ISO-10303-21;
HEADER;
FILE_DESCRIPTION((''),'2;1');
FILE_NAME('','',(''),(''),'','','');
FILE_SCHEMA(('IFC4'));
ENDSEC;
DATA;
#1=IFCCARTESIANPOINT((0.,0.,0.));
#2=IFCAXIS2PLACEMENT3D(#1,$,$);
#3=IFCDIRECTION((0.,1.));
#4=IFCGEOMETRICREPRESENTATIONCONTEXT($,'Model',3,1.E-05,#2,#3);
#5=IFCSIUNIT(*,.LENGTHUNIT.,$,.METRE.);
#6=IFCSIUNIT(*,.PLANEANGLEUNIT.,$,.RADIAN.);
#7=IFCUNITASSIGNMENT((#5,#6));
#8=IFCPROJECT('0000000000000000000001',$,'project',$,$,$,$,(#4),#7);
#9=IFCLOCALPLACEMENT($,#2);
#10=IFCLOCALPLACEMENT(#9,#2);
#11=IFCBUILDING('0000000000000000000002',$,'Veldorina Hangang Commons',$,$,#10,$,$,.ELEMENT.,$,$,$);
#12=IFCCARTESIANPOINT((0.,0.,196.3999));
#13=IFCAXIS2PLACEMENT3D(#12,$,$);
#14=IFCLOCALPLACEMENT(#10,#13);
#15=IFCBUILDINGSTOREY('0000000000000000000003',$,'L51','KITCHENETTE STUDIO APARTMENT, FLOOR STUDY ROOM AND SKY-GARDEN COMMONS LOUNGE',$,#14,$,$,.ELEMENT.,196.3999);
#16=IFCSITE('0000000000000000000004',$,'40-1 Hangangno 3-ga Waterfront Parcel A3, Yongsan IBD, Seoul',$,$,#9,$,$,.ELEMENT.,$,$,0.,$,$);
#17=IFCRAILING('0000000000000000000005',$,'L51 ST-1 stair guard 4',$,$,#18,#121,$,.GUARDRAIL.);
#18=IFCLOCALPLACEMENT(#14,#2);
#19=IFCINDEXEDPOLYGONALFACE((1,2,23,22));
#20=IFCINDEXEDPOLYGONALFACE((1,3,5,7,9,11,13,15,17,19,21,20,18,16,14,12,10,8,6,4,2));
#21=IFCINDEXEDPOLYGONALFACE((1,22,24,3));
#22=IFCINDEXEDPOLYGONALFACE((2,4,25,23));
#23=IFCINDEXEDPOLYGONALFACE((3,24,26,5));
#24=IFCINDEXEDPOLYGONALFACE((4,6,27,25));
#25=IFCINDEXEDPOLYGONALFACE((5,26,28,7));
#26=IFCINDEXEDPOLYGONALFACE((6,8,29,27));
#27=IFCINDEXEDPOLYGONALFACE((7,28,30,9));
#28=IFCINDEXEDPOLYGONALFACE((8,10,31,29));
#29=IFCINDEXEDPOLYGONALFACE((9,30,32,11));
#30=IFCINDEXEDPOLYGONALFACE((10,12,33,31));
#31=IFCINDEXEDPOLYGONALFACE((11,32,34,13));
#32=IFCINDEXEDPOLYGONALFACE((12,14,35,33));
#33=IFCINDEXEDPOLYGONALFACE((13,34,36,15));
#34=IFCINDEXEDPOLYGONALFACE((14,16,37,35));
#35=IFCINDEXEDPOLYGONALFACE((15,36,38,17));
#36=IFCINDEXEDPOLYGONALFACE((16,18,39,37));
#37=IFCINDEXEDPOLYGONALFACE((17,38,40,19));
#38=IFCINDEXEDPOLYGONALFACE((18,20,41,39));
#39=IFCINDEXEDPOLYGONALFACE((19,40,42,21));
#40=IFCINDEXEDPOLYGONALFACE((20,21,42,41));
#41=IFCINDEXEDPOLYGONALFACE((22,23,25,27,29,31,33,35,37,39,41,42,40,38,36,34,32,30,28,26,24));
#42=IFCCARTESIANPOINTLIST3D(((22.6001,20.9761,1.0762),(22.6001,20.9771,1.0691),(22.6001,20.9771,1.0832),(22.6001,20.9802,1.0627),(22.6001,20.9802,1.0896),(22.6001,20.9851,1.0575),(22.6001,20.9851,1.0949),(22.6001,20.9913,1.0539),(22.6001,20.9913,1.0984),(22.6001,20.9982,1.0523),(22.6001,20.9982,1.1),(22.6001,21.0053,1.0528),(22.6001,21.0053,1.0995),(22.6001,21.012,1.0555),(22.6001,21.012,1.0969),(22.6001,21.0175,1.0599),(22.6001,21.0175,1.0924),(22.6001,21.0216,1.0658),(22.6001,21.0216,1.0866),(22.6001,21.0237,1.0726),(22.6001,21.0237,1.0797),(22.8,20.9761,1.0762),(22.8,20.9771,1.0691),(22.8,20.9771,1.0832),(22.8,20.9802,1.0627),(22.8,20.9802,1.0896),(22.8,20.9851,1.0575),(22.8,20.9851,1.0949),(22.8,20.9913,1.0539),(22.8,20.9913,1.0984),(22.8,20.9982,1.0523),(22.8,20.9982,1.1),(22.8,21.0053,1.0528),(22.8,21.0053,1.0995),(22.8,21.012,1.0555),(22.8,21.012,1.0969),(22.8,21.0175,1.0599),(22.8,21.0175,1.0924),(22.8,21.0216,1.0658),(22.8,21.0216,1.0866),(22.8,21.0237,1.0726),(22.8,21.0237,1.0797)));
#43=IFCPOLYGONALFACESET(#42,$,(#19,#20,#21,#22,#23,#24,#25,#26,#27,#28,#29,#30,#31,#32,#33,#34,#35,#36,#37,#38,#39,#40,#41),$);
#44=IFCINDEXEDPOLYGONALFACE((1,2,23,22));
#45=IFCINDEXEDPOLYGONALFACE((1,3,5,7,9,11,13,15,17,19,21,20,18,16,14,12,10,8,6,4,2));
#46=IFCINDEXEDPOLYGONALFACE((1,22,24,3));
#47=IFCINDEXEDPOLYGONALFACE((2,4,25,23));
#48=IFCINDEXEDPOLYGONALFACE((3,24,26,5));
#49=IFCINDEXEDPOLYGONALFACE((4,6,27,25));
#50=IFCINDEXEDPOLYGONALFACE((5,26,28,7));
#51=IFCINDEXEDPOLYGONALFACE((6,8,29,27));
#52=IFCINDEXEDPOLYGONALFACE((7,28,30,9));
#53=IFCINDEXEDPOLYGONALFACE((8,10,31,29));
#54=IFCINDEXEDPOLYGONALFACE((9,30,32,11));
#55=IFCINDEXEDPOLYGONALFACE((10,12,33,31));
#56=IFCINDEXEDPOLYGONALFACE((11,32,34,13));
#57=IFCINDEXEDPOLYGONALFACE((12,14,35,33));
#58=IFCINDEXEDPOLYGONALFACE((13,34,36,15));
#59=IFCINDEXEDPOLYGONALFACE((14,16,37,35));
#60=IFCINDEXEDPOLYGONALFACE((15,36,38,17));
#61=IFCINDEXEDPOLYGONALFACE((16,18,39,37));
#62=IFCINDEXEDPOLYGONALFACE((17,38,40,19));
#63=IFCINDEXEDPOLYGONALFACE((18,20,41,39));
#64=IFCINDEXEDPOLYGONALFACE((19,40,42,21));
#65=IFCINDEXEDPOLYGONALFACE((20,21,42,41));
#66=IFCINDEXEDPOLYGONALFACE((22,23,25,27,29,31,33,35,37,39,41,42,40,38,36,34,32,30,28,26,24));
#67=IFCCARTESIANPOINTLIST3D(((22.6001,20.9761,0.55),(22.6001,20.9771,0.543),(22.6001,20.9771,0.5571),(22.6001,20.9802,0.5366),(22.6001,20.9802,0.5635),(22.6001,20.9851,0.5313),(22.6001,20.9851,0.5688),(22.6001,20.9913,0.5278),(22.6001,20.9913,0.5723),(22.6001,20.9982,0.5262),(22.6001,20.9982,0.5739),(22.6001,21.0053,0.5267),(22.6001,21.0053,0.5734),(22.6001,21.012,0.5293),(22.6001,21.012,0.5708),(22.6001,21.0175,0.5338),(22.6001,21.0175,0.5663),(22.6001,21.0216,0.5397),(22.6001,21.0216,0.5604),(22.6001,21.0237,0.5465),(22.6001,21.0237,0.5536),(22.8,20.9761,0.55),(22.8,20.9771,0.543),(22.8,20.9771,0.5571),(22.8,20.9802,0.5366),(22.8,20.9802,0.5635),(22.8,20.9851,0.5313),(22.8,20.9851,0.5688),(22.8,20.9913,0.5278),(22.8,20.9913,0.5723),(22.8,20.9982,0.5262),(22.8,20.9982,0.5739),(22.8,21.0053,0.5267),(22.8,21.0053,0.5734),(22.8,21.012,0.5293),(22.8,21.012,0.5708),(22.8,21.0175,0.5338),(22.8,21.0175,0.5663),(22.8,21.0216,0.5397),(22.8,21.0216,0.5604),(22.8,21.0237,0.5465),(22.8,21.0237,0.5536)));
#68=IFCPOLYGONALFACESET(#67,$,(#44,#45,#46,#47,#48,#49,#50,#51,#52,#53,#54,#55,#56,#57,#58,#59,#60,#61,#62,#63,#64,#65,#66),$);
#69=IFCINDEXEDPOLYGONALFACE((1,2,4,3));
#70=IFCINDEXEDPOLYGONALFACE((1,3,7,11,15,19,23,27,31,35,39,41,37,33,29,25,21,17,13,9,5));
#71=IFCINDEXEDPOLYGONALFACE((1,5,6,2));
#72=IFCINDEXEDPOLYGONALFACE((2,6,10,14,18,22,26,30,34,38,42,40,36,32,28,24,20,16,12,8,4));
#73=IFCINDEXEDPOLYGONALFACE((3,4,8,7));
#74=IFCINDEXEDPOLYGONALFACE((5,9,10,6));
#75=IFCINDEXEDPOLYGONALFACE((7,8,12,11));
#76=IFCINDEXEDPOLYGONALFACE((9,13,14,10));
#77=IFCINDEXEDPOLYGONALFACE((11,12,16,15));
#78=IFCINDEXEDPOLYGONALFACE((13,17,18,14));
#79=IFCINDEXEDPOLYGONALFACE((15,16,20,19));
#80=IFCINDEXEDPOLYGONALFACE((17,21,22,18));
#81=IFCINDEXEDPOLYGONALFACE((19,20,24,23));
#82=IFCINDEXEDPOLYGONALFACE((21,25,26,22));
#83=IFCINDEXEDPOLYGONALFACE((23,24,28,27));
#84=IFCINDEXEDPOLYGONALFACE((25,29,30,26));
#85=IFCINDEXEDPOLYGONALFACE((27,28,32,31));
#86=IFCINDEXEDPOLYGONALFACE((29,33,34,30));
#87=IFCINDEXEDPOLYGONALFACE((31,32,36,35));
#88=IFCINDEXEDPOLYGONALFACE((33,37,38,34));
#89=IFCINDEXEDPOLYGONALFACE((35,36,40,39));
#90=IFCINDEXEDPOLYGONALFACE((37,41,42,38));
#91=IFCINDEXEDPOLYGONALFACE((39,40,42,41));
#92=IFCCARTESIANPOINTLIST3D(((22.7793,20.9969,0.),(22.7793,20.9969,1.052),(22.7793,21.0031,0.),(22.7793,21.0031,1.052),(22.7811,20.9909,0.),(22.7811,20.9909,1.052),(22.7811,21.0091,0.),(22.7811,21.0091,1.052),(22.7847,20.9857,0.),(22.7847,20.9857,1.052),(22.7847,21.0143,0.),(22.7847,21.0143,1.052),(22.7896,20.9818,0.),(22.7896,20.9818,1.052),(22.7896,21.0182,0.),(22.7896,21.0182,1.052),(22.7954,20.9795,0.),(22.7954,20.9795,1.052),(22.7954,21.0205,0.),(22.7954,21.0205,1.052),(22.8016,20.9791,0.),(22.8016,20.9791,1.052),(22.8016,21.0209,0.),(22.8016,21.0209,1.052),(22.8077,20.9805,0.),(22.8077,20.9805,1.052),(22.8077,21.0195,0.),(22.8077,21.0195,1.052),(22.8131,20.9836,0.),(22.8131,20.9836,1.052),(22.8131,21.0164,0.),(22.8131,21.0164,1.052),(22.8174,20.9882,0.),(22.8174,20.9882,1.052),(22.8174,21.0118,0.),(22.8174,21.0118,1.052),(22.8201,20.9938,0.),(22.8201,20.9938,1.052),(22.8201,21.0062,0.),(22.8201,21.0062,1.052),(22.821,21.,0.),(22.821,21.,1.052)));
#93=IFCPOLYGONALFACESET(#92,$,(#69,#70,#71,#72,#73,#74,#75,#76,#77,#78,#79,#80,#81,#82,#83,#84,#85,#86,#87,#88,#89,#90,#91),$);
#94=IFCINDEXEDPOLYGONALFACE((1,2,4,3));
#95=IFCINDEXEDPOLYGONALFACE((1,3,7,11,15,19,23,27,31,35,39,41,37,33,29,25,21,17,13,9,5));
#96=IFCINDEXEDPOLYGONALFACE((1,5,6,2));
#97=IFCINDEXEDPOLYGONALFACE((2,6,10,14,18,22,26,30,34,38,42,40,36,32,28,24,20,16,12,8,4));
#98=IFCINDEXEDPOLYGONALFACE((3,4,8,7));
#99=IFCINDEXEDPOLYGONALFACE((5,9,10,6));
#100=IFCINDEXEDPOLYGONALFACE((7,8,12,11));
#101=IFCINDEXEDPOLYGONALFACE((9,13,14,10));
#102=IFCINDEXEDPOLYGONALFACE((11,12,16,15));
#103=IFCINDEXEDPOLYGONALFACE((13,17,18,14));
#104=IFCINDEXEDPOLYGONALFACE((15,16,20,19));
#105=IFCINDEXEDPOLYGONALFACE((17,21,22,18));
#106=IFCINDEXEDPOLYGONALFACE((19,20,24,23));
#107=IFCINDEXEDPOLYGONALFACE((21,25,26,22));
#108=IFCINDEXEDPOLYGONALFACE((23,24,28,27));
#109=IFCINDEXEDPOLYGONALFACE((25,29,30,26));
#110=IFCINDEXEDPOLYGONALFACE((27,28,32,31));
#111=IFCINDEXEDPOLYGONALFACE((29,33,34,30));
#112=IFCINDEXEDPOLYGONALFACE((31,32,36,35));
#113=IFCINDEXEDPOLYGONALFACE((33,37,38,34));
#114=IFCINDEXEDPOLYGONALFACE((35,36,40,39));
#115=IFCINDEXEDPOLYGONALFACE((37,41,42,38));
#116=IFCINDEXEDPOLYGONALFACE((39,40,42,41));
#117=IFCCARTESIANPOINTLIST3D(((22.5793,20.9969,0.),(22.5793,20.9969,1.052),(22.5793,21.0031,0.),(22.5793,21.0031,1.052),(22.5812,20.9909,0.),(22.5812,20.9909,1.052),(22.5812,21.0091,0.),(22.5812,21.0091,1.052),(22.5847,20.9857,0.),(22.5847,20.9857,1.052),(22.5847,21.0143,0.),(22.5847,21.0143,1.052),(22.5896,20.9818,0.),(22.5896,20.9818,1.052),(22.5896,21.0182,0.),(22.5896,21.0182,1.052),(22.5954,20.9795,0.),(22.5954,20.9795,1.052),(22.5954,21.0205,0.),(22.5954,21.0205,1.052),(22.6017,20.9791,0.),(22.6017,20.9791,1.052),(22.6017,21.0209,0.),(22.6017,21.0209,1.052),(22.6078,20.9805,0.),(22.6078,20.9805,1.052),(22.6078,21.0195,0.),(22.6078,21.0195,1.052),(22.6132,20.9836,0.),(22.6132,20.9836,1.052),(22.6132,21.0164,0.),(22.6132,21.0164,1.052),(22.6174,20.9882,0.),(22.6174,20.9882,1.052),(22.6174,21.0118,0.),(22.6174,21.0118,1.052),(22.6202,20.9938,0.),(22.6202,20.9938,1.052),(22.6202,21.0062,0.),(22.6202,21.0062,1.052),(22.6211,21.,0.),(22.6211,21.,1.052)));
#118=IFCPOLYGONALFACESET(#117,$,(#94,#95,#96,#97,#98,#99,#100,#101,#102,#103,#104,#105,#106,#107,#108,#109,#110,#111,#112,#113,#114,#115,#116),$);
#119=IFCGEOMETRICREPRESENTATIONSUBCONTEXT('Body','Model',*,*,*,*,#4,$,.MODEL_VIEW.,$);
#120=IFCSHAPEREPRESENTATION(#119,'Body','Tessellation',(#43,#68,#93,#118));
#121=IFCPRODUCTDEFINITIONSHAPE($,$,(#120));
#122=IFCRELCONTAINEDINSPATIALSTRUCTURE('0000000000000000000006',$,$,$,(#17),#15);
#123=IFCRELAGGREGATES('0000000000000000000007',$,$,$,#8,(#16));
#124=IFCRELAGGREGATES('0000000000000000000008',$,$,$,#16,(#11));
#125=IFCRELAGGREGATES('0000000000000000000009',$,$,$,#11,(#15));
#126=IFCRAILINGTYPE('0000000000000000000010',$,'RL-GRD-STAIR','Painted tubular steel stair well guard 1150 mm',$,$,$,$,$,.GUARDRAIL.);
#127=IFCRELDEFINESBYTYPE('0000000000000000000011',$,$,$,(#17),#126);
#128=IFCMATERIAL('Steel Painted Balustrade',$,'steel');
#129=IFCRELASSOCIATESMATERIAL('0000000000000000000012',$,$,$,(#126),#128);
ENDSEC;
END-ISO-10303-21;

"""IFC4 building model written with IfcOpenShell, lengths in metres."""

from ifc_helpers import new_model, si_unit, direction, frame, origin, origin_2d, place, context, subcontext, project, spatial, circle, extrude, material, type_object, element, save


model = new_model("IFC4")

# Units and contexts
model_context = context("Model", 3, precision=1e-05, world=origin(), true_north=direction((0.0, 1.0)))
body_context = subcontext(model_context, "Body", "Model", "MODEL_VIEW")
ifc_project = project(units=[si_unit("LENGTHUNIT", "METRE"), si_unit("PLANEANGLEUNIT", "RADIAN")], contexts=[model_context])

# Site, building, storey
site_placement = place(None, origin())
site = spatial("IfcSite", under=ifc_project, at=site_placement, Name="40-1 Hangangno 3-ga Waterfront Parcel A3, Yongsan IBD, Seoul", CompositionType="ELEMENT", RefElevation=0.0)
building_placement = place(site_placement, origin())
building = spatial("IfcBuilding", under=site, at=building_placement, Name="Veldorina Hangang Commons", CompositionType="ELEMENT")
storey_placement = place(building_placement, frame((0.0, 0.0, 196.3999)))
storey = spatial("IfcBuildingStorey", under=building, at=storey_placement, Name="L51", Description="KITCHENETTE STUDIO APARTMENT, FLOOR STUDY ROOM AND SKY-GARDEN COMMONS LOUNGE", CompositionType="ELEMENT", Elevation=196.3999)

# Railing
ifc_material_1 = material(Name="Steel Painted Balustrade", Category="steel")
railing_type_1 = type_object("IfcRailingType", Name="RL-GRD-STAIR", Description="Painted tubular steel stair well guard 1150 mm", PredefinedType="GUARDRAIL", material=ifc_material_1)
railing_1_placement = place(storey_placement, frame((22.8, 21.0, 0.0)))
element("IfcRailing", 1, at=railing_1_placement, inside=storey, type_object=railing_type_1, Name="L51 ST-1 stair guard 4", PredefinedType="GUARDRAIL", context=body_context, shape_type="SweptSolid", body=[
    extrude(circle(Radius=0.0239, at=origin_2d()), frame((0.0, 0.0, 1.0762), z_axis=(-1.0, 0.0, 0.0), x_axis=(0.0, -1.0, 0.0)), (0.0, 0.0, 1.0), 0.2),
    extrude(circle(Radius=0.0239, at=origin_2d()), frame((0.0, 0.0, 0.55), z_axis=(-1.0, 0.0, 0.0), x_axis=(0.0, -1.0, 0.0)), (0.0, 0.0, 1.0), 0.2),
    extrude(circle(Radius=0.021, at=origin_2d()), origin(), (0.0, 0.0, 1.0), 1.052),
    extrude(circle(Radius=0.021, at=origin_2d()), frame((-0.2, 0.0, 0.0)), (0.0, 0.0, 1.0), 1.052),
])

save(model, "model.ifc")
